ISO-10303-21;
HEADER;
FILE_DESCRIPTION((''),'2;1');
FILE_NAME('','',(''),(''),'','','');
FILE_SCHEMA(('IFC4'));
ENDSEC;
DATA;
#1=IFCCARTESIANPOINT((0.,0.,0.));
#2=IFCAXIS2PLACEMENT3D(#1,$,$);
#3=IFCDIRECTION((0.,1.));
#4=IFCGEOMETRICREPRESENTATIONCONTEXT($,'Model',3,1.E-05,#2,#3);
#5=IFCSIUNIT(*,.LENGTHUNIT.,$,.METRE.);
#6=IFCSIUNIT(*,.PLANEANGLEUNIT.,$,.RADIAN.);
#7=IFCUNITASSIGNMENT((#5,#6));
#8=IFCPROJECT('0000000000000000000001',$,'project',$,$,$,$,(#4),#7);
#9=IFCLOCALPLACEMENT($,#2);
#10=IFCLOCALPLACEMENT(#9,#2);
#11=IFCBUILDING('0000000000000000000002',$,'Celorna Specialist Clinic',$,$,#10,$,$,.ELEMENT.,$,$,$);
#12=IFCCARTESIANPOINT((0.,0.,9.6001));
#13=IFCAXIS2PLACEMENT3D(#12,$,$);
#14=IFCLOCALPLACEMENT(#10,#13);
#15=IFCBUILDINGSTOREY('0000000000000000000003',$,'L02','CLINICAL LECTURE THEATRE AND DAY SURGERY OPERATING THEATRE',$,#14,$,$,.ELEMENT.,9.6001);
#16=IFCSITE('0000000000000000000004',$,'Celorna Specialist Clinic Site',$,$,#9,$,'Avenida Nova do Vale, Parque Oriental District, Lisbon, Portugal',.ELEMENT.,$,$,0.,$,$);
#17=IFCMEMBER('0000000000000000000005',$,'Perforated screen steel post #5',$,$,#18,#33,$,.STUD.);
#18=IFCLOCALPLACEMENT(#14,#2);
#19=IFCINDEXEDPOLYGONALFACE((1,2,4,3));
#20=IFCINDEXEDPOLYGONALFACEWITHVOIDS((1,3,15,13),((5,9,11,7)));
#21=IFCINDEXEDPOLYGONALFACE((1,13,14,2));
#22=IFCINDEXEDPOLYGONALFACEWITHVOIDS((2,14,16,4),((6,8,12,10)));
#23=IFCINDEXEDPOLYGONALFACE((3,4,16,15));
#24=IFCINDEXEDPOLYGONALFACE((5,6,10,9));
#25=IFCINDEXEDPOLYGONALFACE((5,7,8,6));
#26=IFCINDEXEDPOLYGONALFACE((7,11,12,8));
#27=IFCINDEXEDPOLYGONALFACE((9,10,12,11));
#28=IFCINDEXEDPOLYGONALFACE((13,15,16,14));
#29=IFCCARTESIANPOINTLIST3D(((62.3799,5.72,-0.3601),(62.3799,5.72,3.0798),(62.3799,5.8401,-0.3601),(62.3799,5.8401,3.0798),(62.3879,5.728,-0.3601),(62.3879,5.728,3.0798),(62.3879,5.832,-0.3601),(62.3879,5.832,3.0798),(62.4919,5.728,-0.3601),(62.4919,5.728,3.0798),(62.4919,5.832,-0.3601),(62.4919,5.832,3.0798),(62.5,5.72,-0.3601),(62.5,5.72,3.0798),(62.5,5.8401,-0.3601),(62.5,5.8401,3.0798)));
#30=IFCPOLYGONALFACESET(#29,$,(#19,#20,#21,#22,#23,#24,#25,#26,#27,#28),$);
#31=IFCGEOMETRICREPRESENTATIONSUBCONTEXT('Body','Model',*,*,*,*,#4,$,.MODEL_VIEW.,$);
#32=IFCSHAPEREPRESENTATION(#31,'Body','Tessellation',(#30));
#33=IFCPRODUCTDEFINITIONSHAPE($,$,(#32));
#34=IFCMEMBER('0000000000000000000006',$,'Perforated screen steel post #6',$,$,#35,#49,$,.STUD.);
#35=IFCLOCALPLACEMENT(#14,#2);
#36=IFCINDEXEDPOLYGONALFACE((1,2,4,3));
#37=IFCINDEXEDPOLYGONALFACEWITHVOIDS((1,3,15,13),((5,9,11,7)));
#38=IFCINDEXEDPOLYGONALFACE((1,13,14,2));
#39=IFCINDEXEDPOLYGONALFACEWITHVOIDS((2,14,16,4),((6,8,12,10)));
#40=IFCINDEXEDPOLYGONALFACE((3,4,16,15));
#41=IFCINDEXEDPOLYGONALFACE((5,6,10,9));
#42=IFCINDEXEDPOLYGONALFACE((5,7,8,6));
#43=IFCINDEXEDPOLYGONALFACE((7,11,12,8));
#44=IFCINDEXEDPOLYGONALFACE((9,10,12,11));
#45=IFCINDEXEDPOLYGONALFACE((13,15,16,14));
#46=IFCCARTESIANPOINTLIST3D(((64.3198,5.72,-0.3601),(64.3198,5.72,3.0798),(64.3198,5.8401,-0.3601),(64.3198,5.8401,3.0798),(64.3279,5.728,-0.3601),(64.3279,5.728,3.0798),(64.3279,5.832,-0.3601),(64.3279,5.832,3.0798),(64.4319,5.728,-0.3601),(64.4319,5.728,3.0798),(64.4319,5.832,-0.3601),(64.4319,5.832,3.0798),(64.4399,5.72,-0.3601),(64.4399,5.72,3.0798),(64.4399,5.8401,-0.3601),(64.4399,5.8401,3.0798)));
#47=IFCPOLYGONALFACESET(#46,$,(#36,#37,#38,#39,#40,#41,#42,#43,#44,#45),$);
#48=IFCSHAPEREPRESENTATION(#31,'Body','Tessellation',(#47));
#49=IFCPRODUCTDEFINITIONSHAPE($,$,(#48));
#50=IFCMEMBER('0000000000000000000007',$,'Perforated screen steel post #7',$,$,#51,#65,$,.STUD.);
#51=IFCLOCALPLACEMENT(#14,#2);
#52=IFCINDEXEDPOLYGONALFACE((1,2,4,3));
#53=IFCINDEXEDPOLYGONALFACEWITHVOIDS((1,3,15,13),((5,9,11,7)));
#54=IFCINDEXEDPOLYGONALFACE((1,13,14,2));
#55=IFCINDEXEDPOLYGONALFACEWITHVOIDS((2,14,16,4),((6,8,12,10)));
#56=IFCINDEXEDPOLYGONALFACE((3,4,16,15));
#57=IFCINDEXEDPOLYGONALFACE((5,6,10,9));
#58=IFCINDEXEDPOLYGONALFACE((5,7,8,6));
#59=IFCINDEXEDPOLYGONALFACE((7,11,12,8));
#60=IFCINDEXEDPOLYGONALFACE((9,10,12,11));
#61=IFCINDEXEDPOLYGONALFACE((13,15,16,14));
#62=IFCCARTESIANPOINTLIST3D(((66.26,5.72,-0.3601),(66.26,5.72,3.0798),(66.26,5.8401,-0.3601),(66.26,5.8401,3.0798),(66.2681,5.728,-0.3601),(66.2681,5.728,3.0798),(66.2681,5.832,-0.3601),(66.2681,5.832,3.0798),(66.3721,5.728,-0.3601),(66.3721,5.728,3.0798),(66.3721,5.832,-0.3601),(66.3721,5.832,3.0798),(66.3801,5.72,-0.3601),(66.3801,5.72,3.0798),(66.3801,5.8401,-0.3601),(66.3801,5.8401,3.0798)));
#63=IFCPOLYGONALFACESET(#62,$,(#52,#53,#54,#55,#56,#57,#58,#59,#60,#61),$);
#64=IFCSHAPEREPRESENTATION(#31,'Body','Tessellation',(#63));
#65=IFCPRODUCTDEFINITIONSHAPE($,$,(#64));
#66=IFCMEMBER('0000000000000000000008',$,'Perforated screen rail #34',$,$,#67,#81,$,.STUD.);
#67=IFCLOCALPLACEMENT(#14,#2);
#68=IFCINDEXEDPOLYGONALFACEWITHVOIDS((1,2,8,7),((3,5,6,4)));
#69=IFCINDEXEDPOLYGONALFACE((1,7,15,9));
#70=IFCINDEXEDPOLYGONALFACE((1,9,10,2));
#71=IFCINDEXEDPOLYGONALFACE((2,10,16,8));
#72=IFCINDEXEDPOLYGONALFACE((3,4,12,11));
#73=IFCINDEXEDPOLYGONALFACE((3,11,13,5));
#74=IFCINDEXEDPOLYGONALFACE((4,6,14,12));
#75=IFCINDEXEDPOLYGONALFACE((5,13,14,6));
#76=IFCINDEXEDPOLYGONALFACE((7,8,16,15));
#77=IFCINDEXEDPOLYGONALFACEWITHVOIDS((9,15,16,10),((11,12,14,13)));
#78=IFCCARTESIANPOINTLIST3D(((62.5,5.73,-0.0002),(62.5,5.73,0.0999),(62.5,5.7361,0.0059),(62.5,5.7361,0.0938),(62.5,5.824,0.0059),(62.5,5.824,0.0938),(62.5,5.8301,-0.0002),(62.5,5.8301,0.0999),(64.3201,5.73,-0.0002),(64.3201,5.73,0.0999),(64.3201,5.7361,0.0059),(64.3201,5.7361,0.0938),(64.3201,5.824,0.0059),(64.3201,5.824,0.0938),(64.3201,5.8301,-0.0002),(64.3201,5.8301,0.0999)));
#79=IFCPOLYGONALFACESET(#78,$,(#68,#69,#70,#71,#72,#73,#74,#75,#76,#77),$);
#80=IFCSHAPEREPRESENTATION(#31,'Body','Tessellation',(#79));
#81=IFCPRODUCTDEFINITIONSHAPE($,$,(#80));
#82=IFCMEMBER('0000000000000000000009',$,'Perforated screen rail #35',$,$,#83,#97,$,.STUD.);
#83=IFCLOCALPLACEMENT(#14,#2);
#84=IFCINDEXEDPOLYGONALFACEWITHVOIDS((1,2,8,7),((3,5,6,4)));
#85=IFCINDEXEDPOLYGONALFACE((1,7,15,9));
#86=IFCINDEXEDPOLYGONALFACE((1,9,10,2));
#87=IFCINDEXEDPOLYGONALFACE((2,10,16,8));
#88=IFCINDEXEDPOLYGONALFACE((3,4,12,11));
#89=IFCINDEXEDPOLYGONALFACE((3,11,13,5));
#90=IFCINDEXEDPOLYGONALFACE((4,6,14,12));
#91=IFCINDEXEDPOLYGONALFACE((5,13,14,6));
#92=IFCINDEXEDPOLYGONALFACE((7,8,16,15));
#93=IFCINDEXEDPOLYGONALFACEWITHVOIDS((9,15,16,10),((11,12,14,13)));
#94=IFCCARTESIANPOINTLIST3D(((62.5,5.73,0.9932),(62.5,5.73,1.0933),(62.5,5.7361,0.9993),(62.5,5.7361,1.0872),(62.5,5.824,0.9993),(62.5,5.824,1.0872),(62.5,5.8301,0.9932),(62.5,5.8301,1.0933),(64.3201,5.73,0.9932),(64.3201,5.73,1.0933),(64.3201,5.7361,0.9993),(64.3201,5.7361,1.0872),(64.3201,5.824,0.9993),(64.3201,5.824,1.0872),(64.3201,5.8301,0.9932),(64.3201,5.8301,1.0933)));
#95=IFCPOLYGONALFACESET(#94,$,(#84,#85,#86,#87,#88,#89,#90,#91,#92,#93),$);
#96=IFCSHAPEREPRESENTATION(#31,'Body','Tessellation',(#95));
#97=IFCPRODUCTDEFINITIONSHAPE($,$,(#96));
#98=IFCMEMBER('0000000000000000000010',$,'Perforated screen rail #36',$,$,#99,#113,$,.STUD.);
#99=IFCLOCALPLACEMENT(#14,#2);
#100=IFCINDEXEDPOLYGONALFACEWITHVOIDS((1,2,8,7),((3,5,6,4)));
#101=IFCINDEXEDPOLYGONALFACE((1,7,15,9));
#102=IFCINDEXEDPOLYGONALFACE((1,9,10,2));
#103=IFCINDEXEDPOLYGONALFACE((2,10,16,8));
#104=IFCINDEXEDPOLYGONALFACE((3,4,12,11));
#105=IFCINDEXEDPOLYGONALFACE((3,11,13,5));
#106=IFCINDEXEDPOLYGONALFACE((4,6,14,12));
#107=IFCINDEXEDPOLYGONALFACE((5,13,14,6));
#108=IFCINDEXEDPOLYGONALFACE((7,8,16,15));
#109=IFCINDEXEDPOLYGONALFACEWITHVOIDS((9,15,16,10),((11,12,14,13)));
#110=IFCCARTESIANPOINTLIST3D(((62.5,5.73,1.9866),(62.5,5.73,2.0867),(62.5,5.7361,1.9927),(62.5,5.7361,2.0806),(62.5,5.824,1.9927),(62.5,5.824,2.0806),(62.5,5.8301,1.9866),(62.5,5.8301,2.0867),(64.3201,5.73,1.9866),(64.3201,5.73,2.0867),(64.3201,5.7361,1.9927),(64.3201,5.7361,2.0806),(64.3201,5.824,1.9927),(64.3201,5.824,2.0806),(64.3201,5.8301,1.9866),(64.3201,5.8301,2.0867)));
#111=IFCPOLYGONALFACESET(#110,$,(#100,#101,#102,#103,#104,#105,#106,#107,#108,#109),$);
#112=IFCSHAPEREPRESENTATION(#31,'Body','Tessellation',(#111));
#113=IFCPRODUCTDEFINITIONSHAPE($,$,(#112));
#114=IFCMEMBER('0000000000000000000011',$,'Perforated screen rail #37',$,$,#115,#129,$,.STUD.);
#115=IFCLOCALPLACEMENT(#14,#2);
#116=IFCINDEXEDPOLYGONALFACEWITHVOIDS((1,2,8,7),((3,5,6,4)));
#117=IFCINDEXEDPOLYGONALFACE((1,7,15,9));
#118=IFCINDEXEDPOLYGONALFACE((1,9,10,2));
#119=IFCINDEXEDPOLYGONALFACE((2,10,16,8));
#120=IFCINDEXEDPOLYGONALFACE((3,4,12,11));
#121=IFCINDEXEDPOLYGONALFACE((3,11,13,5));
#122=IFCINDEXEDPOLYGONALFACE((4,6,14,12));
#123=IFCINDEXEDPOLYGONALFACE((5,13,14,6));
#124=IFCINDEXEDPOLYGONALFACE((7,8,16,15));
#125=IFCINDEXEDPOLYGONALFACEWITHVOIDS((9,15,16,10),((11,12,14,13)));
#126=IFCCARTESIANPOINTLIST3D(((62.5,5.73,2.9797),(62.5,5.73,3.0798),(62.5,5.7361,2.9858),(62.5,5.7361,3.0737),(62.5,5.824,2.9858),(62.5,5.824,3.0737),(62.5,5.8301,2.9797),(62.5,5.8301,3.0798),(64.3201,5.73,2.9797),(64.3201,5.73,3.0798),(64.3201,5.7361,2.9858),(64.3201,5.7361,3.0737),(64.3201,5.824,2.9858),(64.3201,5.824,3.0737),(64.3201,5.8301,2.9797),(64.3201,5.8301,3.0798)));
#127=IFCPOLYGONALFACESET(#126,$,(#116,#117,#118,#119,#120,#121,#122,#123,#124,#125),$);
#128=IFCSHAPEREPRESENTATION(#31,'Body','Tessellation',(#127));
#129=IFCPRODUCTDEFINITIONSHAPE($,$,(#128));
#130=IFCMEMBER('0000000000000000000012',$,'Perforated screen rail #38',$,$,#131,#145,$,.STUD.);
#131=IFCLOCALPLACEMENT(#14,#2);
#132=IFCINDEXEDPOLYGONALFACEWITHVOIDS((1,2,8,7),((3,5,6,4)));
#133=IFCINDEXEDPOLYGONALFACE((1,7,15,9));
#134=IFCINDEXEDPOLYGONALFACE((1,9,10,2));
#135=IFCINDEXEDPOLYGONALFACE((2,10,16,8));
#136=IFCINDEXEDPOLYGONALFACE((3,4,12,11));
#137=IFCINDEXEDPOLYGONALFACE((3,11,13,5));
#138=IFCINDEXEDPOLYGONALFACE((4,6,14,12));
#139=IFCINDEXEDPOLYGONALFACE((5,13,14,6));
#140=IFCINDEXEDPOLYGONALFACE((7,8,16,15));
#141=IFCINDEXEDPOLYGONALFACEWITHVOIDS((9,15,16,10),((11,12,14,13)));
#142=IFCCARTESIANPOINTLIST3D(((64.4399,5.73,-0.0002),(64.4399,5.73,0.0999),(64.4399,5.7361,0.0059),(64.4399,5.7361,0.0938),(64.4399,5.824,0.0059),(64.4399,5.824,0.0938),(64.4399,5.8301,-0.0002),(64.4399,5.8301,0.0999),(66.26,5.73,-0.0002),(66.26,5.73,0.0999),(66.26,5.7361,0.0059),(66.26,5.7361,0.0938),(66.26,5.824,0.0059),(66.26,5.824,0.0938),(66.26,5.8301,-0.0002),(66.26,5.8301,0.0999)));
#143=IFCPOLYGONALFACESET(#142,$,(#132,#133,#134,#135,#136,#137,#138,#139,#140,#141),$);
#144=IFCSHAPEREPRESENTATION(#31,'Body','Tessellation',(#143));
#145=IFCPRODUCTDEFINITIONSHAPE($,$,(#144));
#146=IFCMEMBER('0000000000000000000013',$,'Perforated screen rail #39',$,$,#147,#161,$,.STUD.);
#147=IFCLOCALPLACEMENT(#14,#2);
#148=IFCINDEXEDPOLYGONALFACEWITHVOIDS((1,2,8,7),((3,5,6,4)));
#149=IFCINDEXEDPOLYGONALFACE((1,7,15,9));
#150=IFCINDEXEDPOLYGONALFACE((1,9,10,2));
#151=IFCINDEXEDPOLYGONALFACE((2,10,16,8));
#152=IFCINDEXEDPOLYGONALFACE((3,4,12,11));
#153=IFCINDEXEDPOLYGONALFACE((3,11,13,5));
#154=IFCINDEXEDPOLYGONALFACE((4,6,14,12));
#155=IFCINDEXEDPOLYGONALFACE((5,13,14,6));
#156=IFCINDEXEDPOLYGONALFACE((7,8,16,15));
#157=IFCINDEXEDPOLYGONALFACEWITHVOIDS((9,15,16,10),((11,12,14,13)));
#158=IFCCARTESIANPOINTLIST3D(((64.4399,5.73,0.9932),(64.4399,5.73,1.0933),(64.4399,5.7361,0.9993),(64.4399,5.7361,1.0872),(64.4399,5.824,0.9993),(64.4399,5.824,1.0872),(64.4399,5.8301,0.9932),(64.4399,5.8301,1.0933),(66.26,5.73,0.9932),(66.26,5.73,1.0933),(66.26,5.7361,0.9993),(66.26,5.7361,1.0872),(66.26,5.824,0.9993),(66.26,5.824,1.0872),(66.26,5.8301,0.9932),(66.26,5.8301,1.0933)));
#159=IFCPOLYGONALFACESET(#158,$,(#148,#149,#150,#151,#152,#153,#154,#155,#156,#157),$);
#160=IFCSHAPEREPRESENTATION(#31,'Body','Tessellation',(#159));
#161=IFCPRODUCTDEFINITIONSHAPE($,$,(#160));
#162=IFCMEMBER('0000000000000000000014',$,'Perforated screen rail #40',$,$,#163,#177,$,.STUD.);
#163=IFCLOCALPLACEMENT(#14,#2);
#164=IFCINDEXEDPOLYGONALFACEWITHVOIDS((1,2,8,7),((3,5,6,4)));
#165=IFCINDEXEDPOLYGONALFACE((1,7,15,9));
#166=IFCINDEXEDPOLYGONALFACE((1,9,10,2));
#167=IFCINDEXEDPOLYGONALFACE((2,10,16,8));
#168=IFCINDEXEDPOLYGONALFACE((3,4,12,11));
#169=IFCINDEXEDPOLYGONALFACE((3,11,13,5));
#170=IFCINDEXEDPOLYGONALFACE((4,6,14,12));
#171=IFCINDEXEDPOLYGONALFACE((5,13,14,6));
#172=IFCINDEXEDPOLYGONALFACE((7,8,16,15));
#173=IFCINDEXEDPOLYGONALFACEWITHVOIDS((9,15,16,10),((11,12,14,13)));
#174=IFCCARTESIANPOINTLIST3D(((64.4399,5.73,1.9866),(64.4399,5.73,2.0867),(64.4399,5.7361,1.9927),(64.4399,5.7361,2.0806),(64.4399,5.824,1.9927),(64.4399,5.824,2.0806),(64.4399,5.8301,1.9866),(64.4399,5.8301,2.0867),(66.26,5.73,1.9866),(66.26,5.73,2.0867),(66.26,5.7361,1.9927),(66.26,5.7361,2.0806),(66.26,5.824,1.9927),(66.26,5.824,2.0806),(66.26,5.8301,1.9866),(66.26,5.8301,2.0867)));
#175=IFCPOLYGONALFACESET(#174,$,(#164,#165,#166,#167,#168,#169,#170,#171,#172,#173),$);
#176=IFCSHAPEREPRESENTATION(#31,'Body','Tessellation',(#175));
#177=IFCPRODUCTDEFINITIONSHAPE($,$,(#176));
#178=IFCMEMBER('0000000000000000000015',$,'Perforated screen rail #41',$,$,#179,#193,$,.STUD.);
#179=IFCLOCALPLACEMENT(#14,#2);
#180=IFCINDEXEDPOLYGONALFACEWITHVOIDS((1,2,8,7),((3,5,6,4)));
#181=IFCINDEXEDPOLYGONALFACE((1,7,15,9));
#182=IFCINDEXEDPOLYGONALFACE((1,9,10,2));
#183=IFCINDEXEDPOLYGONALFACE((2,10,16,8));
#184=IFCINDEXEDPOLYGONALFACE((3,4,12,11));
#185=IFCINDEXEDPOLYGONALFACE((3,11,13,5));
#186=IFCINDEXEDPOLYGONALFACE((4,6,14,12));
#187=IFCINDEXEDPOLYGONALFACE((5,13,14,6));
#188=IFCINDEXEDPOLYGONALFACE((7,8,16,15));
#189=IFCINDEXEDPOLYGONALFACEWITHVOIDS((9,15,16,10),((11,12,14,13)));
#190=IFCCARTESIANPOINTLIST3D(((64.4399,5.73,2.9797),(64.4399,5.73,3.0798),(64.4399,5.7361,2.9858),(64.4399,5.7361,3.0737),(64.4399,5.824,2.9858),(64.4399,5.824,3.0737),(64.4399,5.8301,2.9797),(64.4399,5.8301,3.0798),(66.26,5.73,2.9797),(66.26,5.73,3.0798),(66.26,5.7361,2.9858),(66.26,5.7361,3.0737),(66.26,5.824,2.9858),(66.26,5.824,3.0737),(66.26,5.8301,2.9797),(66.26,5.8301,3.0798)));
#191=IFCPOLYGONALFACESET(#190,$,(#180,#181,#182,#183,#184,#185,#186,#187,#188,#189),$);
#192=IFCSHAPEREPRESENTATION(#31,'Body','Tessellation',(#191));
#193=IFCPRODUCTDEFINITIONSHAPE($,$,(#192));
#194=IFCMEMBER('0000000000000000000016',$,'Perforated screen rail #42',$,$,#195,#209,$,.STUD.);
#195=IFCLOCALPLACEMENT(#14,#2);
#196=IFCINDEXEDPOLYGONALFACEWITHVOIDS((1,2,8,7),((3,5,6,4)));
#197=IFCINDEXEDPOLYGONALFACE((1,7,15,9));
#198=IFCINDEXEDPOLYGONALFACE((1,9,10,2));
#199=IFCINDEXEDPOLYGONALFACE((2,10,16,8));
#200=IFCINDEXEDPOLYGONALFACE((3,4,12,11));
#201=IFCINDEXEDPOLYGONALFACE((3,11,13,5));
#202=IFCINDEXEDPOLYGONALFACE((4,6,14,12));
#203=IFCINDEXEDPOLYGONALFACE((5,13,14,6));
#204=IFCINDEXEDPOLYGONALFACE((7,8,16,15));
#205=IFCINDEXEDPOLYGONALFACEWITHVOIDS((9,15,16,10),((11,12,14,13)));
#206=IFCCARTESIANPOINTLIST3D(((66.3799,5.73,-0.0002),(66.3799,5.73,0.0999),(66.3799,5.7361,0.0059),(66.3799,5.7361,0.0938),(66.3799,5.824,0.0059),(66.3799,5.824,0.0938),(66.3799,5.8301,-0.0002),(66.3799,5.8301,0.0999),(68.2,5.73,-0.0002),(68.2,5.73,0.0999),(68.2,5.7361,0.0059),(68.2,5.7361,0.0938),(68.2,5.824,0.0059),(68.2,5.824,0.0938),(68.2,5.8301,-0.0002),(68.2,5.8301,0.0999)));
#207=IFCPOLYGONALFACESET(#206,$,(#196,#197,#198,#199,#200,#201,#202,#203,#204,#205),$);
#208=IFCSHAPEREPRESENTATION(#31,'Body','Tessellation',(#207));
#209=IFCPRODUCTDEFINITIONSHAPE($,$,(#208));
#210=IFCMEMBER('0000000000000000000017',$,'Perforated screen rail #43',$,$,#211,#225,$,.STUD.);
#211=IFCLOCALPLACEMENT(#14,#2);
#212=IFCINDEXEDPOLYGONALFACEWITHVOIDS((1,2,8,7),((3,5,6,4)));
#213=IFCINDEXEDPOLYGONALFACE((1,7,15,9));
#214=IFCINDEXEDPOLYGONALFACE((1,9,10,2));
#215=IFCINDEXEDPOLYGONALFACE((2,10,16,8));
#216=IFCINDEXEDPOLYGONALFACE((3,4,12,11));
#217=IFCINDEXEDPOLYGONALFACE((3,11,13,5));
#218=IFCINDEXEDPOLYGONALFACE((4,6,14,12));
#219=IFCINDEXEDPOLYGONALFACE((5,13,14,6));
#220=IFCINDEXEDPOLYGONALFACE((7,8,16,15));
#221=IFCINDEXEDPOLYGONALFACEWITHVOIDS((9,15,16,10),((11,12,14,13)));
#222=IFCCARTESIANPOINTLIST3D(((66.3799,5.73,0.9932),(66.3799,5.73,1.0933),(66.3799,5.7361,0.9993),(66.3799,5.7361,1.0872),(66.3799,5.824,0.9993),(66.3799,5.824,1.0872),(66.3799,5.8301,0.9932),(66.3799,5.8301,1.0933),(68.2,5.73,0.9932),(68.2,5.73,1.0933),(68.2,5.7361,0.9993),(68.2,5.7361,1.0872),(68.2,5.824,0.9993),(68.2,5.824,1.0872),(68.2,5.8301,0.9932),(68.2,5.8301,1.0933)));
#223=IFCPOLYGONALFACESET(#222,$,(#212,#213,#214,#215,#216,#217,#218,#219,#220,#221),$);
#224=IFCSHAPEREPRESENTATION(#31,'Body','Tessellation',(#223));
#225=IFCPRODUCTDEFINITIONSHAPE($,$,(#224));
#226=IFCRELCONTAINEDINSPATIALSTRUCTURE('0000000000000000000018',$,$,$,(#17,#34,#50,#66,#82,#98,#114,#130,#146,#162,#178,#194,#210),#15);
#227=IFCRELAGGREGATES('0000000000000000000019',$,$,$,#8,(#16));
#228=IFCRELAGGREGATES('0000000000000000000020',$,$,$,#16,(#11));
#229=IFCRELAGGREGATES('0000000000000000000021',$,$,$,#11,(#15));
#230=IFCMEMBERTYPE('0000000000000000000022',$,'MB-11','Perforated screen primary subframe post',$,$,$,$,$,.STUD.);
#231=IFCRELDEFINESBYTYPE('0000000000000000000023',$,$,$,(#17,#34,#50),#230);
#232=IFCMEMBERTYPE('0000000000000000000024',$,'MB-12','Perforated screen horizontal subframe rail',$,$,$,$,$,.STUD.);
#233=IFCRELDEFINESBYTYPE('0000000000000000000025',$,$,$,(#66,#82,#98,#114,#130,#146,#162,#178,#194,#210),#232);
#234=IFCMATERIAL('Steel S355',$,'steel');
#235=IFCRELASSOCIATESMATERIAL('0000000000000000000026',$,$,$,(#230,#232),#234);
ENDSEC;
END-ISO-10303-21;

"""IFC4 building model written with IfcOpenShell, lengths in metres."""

from ifc_helpers import new_model, si_unit, direction, frame, origin, origin_2d, place, context, subcontext, project, spatial, hollow_rectangle, extrude, material, material_profile, profile_set, type_object, element, save


model = new_model("IFC4")

# Units and contexts
model_context = context("Model", 3, precision=1e-05, world=origin(), true_north=direction((0.0, 1.0)))
body_context = subcontext(model_context, "Body", "Model", "MODEL_VIEW")
ifc_project = project(units=[si_unit("LENGTHUNIT", "METRE"), si_unit("PLANEANGLEUNIT", "RADIAN")], contexts=[model_context])

# Site, building, storey
site_placement = place(None, origin())
site = spatial("IfcSite", under=ifc_project, at=site_placement, Name="Celorna Specialist Clinic Site", LongName="Avenida Nova do Vale, Parque Oriental District, Lisbon, Portugal", CompositionType="ELEMENT", RefElevation=0.0)
building_placement = place(site_placement, origin())
building = spatial("IfcBuilding", under=site, at=building_placement, Name="Celorna Specialist Clinic", CompositionType="ELEMENT")
storey_placement = place(building_placement, frame((0.0, 0.0, 9.6001)))
storey = spatial("IfcBuildingStorey", under=building, at=storey_placement, Name="L02", Description="CLINICAL LECTURE THEATRE AND DAY SURGERY OPERATING THEATRE", CompositionType="ELEMENT", Elevation=9.6001)

# Members
ifc_material_1 = material(Name="Steel S355", Category="steel")
ifc_material_profile_1 = material_profile(ifc_material_1, hollow_rectangle(XDim=0.1201, YDim=0.1201, WallThickness=0.0081, at=origin_2d()), Name="SHS 120x120x8")
ifc_profile_set_1 = profile_set([ifc_material_profile_1], Name="Steel S355")
member_type_1 = type_object("IfcMemberType", Name="MB-11", Description="Perforated screen primary subframe post", PredefinedType="STUD", material=ifc_profile_set_1)
for number, where, z_axis, x_axis, name in (
    (1, (62.4399, 5.78, -0.3601), (0.0, 0.0, 1.0), (1.0, 0.0, 0.0), "Perforated screen steel post #5"),
    (2, (64.3799, 5.78, -0.3601), (0.0, 0.0, 1.0), (1.0, 0.0, 0.0), "Perforated screen steel post #6"),
    (3, (66.3201, 5.78, -0.3601), (0.0, 0.0, 1.0), (1.0, 0.0, 0.0), "Perforated screen steel post #7"),
):
    element("IfcMember", number, at=place(storey_placement, frame(where, z_axis=z_axis, x_axis=x_axis)), inside=storey, type_object=member_type_1, Name=name, PredefinedType="STUD", context=body_context, shape_type="SweptSolid", body=[
        extrude(hollow_rectangle(XDim=0.1201, YDim=0.1201, WallThickness=0.0081, at=origin_2d()), origin(), (0.0, 0.0, 1.0), 3.4399),
    ])
ifc_material_profile_2 = material_profile(ifc_material_1, hollow_rectangle(XDim=0.1001, YDim=0.1001, WallThickness=0.0061, at=origin_2d()), Name="SHS 100x100x6")
ifc_profile_set_2 = profile_set([ifc_material_profile_2], Name="Steel S355")
member_type_2 = type_object("IfcMemberType", Name="MB-12", Description="Perforated screen horizontal subframe rail", PredefinedType="STUD", material=ifc_profile_set_2)
for number, where, z_axis, x_axis, name in (
    (4, (62.5, 5.78, 0.0498), (1.0, 0.0, 0.0), (0.0, 1.0, 0.0), "Perforated screen rail #34"),
    (5, (62.5, 5.78, 1.0432), (1.0, 0.0, 0.0), (0.0, 1.0, 0.0), "Perforated screen rail #35"),
    (6, (62.5, 5.78, 2.0366), (1.0, 0.0, 0.0), (0.0, 1.0, 0.0), "Perforated screen rail #36"),
    (7, (62.5, 5.78, 3.0298), (1.0, 0.0, 0.0), (0.0, 1.0, 0.0), "Perforated screen rail #37"),
    (8, (64.4399, 5.78, 0.0498), (1.0, 0.0, 0.0), (0.0, 1.0, 0.0), "Perforated screen rail #38"),
    (9, (64.4399, 5.78, 1.0432), (1.0, 0.0, 0.0), (0.0, 1.0, 0.0), "Perforated screen rail #39"),
    (10, (64.4399, 5.78, 2.0366), (1.0, 0.0, 0.0), (0.0, 1.0, 0.0), "Perforated screen rail #40"),
    (11, (64.4399, 5.78, 3.0298), (1.0, 0.0, 0.0), (0.0, 1.0, 0.0), "Perforated screen rail #41"),
    (12, (66.3799, 5.78, 0.0498), (1.0, 0.0, 0.0), (0.0, 1.0, 0.0), "Perforated screen rail #42"),
    (13, (66.3799, 5.78, 1.0432), (1.0, 0.0, 0.0), (0.0, 1.0, 0.0), "Perforated screen rail #43"),
):
    element("IfcMember", number, at=place(storey_placement, frame(where, z_axis=z_axis, x_axis=x_axis)), inside=storey, type_object=member_type_2, Name=name, PredefinedType="STUD", context=body_context, shape_type="SweptSolid", body=[
        extrude(hollow_rectangle(XDim=0.1001, YDim=0.1001, WallThickness=0.0061, at=origin_2d()), origin(), (0.0, 0.0, 1.0), 1.8201),
    ])

save(model, "model.ifc")
